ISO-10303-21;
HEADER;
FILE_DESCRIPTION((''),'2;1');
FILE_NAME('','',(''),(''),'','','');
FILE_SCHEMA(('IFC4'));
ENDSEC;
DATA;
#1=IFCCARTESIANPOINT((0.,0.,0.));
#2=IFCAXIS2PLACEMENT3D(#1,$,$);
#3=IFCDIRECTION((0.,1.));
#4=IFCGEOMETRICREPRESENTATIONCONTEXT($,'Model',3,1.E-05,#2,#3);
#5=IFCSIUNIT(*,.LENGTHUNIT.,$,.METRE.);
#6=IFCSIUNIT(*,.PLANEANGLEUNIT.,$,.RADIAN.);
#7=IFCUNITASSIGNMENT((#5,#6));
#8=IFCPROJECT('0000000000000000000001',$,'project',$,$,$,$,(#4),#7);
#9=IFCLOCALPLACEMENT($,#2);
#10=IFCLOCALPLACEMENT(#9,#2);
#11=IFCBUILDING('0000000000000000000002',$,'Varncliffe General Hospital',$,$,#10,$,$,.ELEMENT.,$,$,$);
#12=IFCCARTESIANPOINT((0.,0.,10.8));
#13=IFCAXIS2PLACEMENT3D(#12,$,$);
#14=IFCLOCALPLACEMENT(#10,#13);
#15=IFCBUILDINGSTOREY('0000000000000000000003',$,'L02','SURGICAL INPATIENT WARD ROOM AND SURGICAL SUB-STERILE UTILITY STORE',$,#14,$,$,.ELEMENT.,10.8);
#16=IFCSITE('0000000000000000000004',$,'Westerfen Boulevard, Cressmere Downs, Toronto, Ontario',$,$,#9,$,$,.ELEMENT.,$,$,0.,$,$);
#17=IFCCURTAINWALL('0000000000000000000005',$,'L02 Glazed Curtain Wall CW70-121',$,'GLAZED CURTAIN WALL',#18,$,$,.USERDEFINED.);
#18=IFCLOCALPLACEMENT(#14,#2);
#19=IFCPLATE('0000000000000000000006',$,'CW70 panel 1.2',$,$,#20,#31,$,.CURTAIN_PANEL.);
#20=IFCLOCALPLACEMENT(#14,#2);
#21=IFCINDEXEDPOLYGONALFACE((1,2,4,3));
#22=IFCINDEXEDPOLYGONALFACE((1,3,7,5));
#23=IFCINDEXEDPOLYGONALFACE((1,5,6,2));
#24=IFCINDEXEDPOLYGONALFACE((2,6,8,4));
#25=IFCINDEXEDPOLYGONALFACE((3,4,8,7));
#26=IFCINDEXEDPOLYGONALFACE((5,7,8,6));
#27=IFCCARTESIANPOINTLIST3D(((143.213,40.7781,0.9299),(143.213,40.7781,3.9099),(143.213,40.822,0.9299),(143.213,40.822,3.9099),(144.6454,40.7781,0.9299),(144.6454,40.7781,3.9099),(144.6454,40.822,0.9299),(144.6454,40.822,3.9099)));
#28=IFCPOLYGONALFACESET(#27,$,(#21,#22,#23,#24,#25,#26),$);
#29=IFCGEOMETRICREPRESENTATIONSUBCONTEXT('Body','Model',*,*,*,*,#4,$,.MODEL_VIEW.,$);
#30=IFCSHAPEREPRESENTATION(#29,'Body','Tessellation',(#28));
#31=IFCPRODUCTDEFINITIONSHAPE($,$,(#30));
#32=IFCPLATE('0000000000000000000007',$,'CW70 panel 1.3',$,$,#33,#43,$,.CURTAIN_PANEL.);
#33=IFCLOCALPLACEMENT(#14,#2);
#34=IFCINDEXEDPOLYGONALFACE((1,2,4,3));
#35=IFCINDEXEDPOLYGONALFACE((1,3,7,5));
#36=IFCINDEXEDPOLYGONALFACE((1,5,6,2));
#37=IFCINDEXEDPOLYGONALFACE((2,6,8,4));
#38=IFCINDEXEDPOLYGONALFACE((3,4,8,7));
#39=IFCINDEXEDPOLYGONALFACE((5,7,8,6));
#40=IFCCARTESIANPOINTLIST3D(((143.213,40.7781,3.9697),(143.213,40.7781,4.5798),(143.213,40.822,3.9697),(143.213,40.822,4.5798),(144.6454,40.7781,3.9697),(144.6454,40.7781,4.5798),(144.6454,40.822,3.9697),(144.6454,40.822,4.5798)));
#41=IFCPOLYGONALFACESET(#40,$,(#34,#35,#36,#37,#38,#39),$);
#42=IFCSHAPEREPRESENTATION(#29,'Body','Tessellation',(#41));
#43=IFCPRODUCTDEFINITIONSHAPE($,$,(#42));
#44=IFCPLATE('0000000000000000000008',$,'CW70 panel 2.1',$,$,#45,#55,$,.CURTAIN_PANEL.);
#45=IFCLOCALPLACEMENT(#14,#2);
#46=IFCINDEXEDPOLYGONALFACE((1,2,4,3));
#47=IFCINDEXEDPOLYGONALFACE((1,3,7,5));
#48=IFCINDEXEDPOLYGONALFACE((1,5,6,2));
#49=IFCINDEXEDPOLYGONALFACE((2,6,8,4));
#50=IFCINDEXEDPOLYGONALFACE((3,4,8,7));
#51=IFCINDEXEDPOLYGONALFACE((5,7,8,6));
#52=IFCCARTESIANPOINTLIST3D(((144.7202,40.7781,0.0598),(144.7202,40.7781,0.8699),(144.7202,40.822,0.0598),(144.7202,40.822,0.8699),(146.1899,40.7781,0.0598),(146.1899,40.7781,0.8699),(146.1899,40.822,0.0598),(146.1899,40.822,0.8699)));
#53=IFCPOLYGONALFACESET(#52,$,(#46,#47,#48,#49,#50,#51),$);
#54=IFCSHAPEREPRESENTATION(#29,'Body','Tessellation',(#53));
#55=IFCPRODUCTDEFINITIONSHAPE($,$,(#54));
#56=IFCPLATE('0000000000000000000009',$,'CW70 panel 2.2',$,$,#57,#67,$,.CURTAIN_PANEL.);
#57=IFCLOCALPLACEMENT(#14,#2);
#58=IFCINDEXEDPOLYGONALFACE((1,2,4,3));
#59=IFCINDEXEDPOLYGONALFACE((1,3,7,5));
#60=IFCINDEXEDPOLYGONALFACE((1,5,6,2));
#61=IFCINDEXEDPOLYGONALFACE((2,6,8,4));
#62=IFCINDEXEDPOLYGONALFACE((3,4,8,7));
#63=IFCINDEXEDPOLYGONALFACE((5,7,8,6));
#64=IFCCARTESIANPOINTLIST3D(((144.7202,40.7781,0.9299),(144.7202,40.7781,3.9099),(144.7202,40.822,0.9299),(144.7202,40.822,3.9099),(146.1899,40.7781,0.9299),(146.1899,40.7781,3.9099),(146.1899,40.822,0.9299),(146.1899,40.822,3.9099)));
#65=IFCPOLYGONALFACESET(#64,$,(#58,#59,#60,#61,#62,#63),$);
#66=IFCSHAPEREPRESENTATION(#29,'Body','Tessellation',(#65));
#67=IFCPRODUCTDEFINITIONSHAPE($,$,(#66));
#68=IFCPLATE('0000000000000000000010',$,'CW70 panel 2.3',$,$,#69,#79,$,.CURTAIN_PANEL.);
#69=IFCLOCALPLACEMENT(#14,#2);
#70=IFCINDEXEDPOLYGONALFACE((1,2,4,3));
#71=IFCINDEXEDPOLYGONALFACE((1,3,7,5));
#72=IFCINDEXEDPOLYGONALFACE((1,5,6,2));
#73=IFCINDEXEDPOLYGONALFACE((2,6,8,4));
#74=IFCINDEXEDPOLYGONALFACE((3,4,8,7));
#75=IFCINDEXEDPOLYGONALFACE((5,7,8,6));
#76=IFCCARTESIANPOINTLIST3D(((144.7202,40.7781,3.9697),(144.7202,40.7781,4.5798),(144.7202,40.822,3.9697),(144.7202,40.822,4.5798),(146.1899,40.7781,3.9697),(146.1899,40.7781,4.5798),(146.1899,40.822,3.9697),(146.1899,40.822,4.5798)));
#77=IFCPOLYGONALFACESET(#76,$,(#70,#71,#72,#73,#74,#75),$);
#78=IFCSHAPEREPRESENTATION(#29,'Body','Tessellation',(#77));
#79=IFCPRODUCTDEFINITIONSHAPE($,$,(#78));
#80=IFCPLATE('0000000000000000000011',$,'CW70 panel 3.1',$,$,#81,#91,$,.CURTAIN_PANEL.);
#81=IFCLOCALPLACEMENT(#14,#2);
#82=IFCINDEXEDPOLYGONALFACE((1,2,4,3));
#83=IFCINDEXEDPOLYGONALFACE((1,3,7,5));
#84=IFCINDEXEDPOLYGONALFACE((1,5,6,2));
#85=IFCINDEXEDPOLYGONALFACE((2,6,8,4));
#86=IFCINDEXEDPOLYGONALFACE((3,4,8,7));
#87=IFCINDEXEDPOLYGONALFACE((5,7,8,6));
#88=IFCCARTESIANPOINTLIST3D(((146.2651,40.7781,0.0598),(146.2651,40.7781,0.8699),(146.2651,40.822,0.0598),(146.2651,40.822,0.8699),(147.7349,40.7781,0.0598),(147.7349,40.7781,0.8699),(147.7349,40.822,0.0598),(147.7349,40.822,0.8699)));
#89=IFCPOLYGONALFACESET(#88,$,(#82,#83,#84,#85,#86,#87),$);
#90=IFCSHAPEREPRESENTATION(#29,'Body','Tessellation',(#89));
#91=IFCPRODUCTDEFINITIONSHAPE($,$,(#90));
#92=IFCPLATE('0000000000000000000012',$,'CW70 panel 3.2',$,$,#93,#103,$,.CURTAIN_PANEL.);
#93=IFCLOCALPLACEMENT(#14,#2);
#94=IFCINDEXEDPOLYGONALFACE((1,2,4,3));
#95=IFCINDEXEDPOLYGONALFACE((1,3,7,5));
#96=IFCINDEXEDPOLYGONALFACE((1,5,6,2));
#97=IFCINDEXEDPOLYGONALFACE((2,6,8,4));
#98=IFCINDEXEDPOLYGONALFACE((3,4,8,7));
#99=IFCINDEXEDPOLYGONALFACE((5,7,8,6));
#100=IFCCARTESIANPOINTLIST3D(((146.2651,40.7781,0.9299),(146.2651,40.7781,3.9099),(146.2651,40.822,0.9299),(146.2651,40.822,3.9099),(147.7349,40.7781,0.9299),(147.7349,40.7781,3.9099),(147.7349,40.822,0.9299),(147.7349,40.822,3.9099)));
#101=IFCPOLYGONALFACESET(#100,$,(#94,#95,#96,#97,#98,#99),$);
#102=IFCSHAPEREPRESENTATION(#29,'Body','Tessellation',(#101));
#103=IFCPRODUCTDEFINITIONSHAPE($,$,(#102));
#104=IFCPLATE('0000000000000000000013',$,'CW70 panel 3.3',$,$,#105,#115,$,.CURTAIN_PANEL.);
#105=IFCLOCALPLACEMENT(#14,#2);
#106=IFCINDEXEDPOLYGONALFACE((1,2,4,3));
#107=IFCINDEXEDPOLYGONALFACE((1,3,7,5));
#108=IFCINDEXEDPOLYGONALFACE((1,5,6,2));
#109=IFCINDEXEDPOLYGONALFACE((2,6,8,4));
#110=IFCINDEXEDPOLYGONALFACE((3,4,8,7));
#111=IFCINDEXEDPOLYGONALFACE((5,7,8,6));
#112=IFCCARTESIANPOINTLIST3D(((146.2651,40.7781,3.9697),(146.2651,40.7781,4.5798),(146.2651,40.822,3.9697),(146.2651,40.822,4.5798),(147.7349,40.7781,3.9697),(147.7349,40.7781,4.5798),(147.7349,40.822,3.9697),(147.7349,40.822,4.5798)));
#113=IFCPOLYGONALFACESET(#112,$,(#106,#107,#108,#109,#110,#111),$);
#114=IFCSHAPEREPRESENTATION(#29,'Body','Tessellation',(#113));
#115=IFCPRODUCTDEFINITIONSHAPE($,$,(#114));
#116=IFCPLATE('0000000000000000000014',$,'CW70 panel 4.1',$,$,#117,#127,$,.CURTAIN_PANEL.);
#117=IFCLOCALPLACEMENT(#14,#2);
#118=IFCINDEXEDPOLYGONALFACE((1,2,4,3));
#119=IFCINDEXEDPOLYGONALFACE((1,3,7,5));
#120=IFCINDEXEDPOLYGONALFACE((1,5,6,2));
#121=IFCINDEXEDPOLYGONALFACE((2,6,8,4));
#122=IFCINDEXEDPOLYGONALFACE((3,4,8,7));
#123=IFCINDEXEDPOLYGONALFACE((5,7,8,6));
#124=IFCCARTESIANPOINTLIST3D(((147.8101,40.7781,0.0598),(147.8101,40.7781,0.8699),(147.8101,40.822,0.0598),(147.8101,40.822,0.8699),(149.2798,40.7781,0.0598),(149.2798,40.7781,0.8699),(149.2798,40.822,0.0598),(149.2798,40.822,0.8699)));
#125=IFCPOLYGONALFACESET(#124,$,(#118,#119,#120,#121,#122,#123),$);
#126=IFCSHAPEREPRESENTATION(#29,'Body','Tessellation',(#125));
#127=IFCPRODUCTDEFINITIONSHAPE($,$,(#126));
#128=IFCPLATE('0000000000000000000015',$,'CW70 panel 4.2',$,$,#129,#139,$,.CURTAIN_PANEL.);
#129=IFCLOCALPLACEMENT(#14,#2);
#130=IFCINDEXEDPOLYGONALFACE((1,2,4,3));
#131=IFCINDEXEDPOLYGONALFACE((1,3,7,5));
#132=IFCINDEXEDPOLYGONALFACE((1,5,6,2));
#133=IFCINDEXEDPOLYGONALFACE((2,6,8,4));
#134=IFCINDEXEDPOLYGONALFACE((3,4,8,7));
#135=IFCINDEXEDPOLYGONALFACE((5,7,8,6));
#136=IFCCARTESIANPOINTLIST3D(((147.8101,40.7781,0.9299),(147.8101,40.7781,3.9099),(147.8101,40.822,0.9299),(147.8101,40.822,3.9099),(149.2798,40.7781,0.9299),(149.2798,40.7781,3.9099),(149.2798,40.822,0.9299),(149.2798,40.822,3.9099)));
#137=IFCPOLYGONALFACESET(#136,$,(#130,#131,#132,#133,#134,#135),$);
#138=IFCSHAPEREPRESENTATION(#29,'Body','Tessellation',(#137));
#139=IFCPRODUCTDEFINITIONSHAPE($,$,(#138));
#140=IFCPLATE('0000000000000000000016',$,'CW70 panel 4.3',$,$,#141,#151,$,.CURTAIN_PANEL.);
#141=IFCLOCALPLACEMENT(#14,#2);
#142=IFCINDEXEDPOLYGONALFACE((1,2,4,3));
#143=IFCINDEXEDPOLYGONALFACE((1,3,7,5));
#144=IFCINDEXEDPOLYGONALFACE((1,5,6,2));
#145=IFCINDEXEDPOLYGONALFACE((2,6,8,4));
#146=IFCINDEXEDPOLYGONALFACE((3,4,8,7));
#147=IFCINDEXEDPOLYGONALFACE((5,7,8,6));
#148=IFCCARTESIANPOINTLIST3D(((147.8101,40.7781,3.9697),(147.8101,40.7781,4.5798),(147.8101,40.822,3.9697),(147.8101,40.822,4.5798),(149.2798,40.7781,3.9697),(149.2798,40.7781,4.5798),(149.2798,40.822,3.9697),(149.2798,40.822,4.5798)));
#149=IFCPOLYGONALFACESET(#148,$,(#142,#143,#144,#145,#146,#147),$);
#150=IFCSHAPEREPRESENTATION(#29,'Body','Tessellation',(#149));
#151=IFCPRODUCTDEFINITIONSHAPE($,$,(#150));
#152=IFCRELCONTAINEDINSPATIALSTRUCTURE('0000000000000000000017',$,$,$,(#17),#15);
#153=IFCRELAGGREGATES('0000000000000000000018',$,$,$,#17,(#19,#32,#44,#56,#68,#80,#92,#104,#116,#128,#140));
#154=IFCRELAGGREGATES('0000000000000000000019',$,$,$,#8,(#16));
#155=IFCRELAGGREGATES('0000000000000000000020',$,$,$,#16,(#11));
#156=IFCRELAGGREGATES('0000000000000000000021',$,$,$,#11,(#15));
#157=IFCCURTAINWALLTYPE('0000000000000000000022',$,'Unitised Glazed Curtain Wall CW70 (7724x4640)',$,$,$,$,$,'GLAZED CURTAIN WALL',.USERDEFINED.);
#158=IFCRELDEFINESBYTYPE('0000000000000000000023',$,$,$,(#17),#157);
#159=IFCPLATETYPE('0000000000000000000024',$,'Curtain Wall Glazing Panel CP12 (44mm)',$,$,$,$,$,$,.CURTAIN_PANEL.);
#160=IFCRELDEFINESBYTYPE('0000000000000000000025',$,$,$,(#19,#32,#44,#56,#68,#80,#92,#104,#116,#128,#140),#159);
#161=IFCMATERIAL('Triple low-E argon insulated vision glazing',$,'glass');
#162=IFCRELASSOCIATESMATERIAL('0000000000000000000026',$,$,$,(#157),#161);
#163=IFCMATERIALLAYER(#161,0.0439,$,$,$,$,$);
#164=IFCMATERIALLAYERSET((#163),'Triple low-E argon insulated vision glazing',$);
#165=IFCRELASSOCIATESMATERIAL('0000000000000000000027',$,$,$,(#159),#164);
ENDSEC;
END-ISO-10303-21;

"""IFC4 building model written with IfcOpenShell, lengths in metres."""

from ifc_helpers import new_model, si_unit, direction, frame, origin, origin_2d, place, context, subcontext, project, spatial, rectangle, extrude, material, layer, layer_set, type_object, element, aggregate, save


model = new_model("IFC4")

# Units and contexts
model_context = context("Model", 3, precision=1e-05, world=origin(), true_north=direction((0.0, 1.0)))
body_context = subcontext(model_context, "Body", "Model", "MODEL_VIEW")
ifc_project = project(units=[si_unit("LENGTHUNIT", "METRE"), si_unit("PLANEANGLEUNIT", "RADIAN")], contexts=[model_context])

# Site, building, storey
site_placement = place(None, origin())
site = spatial("IfcSite", under=ifc_project, at=site_placement, Name="Westerfen Boulevard, Cressmere Downs, Toronto, Ontario", CompositionType="ELEMENT", RefElevation=0.0)
building_placement = place(site_placement, origin())
building = spatial("IfcBuilding", under=site, at=building_placement, Name="Varncliffe General Hospital", CompositionType="ELEMENT")
storey_placement = place(building_placement, frame((0.0, 0.0, 10.8)))
storey = spatial("IfcBuildingStorey", under=building, at=storey_placement, Name="L02", Description="SURGICAL INPATIENT WARD ROOM AND SURGICAL SUB-STERILE UTILITY STORE", CompositionType="ELEMENT", Elevation=10.8)

# Curtain wall, plates
ifc_material_1 = material(Name="Triple low-E argon insulated vision glazing", Category="glass")
curtain_wall_type = type_object("IfcCurtainWallType", Name="Unitised Glazed Curtain Wall CW70 (7724x4640)", ElementType="GLAZED CURTAIN WALL", PredefinedType="USERDEFINED", material=ifc_material_1)
curtain_wall_placement = place(storey_placement, origin())
curtain_wall = element("IfcCurtainWall", 1, at=curtain_wall_placement, inside=storey, type_object=curtain_wall_type, Name="L02 Glazed Curtain Wall CW70-121", ObjectType="GLAZED CURTAIN WALL", PredefinedType="USERDEFINED")
ifc_layer = layer(ifc_material_1, 0.0439)
ifc_layer_set = layer_set([ifc_layer], Name="Triple low-E argon insulated vision glazing")
plate_type = type_object("IfcPlateType", Name="Curtain Wall Glazing Panel CP12 (44mm)", PredefinedType="CURTAIN_PANEL", material=ifc_layer_set)
plate_1_placement = place(storey_placement, frame((143.9292, 40.8, 0.9299), z_axis=(0.0, 0.0, 1.0), x_axis=(1.0, 0.0, 0.0)))
plate_1 = element("IfcPlate", 2, at=plate_1_placement, type_object=plate_type, Name="CW70 panel 1.2", PredefinedType="CURTAIN_PANEL", context=body_context, shape_type="SweptSolid", body=[
    extrude(rectangle(XDim=1.4324, YDim=0.0439, at=origin_2d()), origin(), (0.0, 0.0, 1.0), 2.98),
])
plate_2_placement = place(storey_placement, frame((143.9292, 40.8, 3.9697), z_axis=(0.0, 0.0, 1.0), x_axis=(1.0, 0.0, 0.0)))
plate_2 = element("IfcPlate", 3, at=plate_2_placement, type_object=plate_type, Name="CW70 panel 1.3", PredefinedType="CURTAIN_PANEL", context=body_context, shape_type="SweptSolid", body=[
    extrude(rectangle(XDim=1.4324, YDim=0.0439, at=origin_2d()), origin(), (0.0, 0.0, 1.0), 0.6101),
])
plate_3_placement = place(storey_placement, frame((145.4551, 40.8, 0.0598), z_axis=(0.0, 0.0, 1.0), x_axis=(1.0, 0.0, 0.0)))
plate_3 = element("IfcPlate", 4, at=plate_3_placement, type_object=plate_type, Name="CW70 panel 2.1", PredefinedType="CURTAIN_PANEL", context=body_context, shape_type="SweptSolid", body=[
    extrude(rectangle(XDim=1.4697, YDim=0.0439, at=origin_2d()), origin(), (0.0, 0.0, 1.0), 0.8101),
])
plate_4_placement = place(storey_placement, frame((145.4551, 40.8, 0.9299), z_axis=(0.0, 0.0, 1.0), x_axis=(1.0, 0.0, 0.0)))
plate_4 = element("IfcPlate", 5, at=plate_4_placement, type_object=plate_type, Name="CW70 panel 2.2", PredefinedType="CURTAIN_PANEL", context=body_context, shape_type="SweptSolid", body=[
    extrude(rectangle(XDim=1.4697, YDim=0.0439, at=origin_2d()), origin(), (0.0, 0.0, 1.0), 2.98),
])
plate_5_placement = place(storey_placement, frame((145.4551, 40.8, 3.9697), z_axis=(0.0, 0.0, 1.0), x_axis=(1.0, 0.0, 0.0)))
plate_5 = element("IfcPlate", 6, at=plate_5_placement, type_object=plate_type, Name="CW70 panel 2.3", PredefinedType="CURTAIN_PANEL", context=body_context, shape_type="SweptSolid", body=[
    extrude(rectangle(XDim=1.4697, YDim=0.0439, at=origin_2d()), origin(), (0.0, 0.0, 1.0), 0.6101),
])
plate_6_placement = place(storey_placement, frame((147.0, 40.8, 0.0598), z_axis=(0.0, 0.0, 1.0), x_axis=(1.0, 0.0, 0.0)))
plate_6 = element("IfcPlate", 7, at=plate_6_placement, type_object=plate_type, Name="CW70 panel 3.1", PredefinedType="CURTAIN_PANEL", context=body_context, shape_type="SweptSolid", body=[
    extrude(rectangle(XDim=1.4697, YDim=0.0439, at=origin_2d()), origin(), (0.0, 0.0, 1.0), 0.8101),
])
plate_7_placement = place(storey_placement, frame((147.0, 40.8, 0.9299), z_axis=(0.0, 0.0, 1.0), x_axis=(1.0, 0.0, 0.0)))
plate_7 = element("IfcPlate", 8, at=plate_7_placement, type_object=plate_type, Name="CW70 panel 3.2", PredefinedType="CURTAIN_PANEL", context=body_context, shape_type="SweptSolid", body=[
    extrude(rectangle(XDim=1.4697, YDim=0.0439, at=origin_2d()), origin(), (0.0, 0.0, 1.0), 2.98),
])
plate_8_placement = place(storey_placement, frame((147.0, 40.8, 3.9697), z_axis=(0.0, 0.0, 1.0), x_axis=(1.0, 0.0, 0.0)))
plate_8 = element("IfcPlate", 9, at=plate_8_placement, type_object=plate_type, Name="CW70 panel 3.3", PredefinedType="CURTAIN_PANEL", context=body_context, shape_type="SweptSolid", body=[
    extrude(rectangle(XDim=1.4697, YDim=0.0439, at=origin_2d()), origin(), (0.0, 0.0, 1.0), 0.6101),
])
plate_9_placement = place(storey_placement, frame((148.5449, 40.8, 0.0598), z_axis=(0.0, 0.0, 1.0), x_axis=(1.0, 0.0, 0.0)))
plate_9 = element("IfcPlate", 10, at=plate_9_placement, type_object=plate_type, Name="CW70 panel 4.1", PredefinedType="CURTAIN_PANEL", context=body_context, shape_type="SweptSolid", body=[
    extrude(rectangle(XDim=1.4697, YDim=0.0439, at=origin_2d()), origin(), (0.0, 0.0, 1.0), 0.8101),
])
plate_10_placement = place(storey_placement, frame((148.5449, 40.8, 0.9299), z_axis=(0.0, 0.0, 1.0), x_axis=(1.0, 0.0, 0.0)))
plate_10 = element("IfcPlate", 11, at=plate_10_placement, type_object=plate_type, Name="CW70 panel 4.2", PredefinedType="CURTAIN_PANEL", context=body_context, shape_type="SweptSolid", body=[
    extrude(rectangle(XDim=1.4697, YDim=0.0439, at=origin_2d()), origin(), (0.0, 0.0, 1.0), 2.98),
])
plate_11_placement = place(storey_placement, frame((148.5449, 40.8, 3.9697), z_axis=(0.0, 0.0, 1.0), x_axis=(1.0, 0.0, 0.0)))
plate_11 = element("IfcPlate", 12, at=plate_11_placement, type_object=plate_type, Name="CW70 panel 4.3", PredefinedType="CURTAIN_PANEL", context=body_context, shape_type="SweptSolid", body=[
    extrude(rectangle(XDim=1.4697, YDim=0.0439, at=origin_2d()), origin(), (0.0, 0.0, 1.0), 0.6101),
])
aggregate(curtain_wall, [plate_1, plate_2, plate_3, plate_4, plate_5, plate_6, plate_7, plate_8, plate_9, plate_10, plate_11])

save(model, "model.ifc")
